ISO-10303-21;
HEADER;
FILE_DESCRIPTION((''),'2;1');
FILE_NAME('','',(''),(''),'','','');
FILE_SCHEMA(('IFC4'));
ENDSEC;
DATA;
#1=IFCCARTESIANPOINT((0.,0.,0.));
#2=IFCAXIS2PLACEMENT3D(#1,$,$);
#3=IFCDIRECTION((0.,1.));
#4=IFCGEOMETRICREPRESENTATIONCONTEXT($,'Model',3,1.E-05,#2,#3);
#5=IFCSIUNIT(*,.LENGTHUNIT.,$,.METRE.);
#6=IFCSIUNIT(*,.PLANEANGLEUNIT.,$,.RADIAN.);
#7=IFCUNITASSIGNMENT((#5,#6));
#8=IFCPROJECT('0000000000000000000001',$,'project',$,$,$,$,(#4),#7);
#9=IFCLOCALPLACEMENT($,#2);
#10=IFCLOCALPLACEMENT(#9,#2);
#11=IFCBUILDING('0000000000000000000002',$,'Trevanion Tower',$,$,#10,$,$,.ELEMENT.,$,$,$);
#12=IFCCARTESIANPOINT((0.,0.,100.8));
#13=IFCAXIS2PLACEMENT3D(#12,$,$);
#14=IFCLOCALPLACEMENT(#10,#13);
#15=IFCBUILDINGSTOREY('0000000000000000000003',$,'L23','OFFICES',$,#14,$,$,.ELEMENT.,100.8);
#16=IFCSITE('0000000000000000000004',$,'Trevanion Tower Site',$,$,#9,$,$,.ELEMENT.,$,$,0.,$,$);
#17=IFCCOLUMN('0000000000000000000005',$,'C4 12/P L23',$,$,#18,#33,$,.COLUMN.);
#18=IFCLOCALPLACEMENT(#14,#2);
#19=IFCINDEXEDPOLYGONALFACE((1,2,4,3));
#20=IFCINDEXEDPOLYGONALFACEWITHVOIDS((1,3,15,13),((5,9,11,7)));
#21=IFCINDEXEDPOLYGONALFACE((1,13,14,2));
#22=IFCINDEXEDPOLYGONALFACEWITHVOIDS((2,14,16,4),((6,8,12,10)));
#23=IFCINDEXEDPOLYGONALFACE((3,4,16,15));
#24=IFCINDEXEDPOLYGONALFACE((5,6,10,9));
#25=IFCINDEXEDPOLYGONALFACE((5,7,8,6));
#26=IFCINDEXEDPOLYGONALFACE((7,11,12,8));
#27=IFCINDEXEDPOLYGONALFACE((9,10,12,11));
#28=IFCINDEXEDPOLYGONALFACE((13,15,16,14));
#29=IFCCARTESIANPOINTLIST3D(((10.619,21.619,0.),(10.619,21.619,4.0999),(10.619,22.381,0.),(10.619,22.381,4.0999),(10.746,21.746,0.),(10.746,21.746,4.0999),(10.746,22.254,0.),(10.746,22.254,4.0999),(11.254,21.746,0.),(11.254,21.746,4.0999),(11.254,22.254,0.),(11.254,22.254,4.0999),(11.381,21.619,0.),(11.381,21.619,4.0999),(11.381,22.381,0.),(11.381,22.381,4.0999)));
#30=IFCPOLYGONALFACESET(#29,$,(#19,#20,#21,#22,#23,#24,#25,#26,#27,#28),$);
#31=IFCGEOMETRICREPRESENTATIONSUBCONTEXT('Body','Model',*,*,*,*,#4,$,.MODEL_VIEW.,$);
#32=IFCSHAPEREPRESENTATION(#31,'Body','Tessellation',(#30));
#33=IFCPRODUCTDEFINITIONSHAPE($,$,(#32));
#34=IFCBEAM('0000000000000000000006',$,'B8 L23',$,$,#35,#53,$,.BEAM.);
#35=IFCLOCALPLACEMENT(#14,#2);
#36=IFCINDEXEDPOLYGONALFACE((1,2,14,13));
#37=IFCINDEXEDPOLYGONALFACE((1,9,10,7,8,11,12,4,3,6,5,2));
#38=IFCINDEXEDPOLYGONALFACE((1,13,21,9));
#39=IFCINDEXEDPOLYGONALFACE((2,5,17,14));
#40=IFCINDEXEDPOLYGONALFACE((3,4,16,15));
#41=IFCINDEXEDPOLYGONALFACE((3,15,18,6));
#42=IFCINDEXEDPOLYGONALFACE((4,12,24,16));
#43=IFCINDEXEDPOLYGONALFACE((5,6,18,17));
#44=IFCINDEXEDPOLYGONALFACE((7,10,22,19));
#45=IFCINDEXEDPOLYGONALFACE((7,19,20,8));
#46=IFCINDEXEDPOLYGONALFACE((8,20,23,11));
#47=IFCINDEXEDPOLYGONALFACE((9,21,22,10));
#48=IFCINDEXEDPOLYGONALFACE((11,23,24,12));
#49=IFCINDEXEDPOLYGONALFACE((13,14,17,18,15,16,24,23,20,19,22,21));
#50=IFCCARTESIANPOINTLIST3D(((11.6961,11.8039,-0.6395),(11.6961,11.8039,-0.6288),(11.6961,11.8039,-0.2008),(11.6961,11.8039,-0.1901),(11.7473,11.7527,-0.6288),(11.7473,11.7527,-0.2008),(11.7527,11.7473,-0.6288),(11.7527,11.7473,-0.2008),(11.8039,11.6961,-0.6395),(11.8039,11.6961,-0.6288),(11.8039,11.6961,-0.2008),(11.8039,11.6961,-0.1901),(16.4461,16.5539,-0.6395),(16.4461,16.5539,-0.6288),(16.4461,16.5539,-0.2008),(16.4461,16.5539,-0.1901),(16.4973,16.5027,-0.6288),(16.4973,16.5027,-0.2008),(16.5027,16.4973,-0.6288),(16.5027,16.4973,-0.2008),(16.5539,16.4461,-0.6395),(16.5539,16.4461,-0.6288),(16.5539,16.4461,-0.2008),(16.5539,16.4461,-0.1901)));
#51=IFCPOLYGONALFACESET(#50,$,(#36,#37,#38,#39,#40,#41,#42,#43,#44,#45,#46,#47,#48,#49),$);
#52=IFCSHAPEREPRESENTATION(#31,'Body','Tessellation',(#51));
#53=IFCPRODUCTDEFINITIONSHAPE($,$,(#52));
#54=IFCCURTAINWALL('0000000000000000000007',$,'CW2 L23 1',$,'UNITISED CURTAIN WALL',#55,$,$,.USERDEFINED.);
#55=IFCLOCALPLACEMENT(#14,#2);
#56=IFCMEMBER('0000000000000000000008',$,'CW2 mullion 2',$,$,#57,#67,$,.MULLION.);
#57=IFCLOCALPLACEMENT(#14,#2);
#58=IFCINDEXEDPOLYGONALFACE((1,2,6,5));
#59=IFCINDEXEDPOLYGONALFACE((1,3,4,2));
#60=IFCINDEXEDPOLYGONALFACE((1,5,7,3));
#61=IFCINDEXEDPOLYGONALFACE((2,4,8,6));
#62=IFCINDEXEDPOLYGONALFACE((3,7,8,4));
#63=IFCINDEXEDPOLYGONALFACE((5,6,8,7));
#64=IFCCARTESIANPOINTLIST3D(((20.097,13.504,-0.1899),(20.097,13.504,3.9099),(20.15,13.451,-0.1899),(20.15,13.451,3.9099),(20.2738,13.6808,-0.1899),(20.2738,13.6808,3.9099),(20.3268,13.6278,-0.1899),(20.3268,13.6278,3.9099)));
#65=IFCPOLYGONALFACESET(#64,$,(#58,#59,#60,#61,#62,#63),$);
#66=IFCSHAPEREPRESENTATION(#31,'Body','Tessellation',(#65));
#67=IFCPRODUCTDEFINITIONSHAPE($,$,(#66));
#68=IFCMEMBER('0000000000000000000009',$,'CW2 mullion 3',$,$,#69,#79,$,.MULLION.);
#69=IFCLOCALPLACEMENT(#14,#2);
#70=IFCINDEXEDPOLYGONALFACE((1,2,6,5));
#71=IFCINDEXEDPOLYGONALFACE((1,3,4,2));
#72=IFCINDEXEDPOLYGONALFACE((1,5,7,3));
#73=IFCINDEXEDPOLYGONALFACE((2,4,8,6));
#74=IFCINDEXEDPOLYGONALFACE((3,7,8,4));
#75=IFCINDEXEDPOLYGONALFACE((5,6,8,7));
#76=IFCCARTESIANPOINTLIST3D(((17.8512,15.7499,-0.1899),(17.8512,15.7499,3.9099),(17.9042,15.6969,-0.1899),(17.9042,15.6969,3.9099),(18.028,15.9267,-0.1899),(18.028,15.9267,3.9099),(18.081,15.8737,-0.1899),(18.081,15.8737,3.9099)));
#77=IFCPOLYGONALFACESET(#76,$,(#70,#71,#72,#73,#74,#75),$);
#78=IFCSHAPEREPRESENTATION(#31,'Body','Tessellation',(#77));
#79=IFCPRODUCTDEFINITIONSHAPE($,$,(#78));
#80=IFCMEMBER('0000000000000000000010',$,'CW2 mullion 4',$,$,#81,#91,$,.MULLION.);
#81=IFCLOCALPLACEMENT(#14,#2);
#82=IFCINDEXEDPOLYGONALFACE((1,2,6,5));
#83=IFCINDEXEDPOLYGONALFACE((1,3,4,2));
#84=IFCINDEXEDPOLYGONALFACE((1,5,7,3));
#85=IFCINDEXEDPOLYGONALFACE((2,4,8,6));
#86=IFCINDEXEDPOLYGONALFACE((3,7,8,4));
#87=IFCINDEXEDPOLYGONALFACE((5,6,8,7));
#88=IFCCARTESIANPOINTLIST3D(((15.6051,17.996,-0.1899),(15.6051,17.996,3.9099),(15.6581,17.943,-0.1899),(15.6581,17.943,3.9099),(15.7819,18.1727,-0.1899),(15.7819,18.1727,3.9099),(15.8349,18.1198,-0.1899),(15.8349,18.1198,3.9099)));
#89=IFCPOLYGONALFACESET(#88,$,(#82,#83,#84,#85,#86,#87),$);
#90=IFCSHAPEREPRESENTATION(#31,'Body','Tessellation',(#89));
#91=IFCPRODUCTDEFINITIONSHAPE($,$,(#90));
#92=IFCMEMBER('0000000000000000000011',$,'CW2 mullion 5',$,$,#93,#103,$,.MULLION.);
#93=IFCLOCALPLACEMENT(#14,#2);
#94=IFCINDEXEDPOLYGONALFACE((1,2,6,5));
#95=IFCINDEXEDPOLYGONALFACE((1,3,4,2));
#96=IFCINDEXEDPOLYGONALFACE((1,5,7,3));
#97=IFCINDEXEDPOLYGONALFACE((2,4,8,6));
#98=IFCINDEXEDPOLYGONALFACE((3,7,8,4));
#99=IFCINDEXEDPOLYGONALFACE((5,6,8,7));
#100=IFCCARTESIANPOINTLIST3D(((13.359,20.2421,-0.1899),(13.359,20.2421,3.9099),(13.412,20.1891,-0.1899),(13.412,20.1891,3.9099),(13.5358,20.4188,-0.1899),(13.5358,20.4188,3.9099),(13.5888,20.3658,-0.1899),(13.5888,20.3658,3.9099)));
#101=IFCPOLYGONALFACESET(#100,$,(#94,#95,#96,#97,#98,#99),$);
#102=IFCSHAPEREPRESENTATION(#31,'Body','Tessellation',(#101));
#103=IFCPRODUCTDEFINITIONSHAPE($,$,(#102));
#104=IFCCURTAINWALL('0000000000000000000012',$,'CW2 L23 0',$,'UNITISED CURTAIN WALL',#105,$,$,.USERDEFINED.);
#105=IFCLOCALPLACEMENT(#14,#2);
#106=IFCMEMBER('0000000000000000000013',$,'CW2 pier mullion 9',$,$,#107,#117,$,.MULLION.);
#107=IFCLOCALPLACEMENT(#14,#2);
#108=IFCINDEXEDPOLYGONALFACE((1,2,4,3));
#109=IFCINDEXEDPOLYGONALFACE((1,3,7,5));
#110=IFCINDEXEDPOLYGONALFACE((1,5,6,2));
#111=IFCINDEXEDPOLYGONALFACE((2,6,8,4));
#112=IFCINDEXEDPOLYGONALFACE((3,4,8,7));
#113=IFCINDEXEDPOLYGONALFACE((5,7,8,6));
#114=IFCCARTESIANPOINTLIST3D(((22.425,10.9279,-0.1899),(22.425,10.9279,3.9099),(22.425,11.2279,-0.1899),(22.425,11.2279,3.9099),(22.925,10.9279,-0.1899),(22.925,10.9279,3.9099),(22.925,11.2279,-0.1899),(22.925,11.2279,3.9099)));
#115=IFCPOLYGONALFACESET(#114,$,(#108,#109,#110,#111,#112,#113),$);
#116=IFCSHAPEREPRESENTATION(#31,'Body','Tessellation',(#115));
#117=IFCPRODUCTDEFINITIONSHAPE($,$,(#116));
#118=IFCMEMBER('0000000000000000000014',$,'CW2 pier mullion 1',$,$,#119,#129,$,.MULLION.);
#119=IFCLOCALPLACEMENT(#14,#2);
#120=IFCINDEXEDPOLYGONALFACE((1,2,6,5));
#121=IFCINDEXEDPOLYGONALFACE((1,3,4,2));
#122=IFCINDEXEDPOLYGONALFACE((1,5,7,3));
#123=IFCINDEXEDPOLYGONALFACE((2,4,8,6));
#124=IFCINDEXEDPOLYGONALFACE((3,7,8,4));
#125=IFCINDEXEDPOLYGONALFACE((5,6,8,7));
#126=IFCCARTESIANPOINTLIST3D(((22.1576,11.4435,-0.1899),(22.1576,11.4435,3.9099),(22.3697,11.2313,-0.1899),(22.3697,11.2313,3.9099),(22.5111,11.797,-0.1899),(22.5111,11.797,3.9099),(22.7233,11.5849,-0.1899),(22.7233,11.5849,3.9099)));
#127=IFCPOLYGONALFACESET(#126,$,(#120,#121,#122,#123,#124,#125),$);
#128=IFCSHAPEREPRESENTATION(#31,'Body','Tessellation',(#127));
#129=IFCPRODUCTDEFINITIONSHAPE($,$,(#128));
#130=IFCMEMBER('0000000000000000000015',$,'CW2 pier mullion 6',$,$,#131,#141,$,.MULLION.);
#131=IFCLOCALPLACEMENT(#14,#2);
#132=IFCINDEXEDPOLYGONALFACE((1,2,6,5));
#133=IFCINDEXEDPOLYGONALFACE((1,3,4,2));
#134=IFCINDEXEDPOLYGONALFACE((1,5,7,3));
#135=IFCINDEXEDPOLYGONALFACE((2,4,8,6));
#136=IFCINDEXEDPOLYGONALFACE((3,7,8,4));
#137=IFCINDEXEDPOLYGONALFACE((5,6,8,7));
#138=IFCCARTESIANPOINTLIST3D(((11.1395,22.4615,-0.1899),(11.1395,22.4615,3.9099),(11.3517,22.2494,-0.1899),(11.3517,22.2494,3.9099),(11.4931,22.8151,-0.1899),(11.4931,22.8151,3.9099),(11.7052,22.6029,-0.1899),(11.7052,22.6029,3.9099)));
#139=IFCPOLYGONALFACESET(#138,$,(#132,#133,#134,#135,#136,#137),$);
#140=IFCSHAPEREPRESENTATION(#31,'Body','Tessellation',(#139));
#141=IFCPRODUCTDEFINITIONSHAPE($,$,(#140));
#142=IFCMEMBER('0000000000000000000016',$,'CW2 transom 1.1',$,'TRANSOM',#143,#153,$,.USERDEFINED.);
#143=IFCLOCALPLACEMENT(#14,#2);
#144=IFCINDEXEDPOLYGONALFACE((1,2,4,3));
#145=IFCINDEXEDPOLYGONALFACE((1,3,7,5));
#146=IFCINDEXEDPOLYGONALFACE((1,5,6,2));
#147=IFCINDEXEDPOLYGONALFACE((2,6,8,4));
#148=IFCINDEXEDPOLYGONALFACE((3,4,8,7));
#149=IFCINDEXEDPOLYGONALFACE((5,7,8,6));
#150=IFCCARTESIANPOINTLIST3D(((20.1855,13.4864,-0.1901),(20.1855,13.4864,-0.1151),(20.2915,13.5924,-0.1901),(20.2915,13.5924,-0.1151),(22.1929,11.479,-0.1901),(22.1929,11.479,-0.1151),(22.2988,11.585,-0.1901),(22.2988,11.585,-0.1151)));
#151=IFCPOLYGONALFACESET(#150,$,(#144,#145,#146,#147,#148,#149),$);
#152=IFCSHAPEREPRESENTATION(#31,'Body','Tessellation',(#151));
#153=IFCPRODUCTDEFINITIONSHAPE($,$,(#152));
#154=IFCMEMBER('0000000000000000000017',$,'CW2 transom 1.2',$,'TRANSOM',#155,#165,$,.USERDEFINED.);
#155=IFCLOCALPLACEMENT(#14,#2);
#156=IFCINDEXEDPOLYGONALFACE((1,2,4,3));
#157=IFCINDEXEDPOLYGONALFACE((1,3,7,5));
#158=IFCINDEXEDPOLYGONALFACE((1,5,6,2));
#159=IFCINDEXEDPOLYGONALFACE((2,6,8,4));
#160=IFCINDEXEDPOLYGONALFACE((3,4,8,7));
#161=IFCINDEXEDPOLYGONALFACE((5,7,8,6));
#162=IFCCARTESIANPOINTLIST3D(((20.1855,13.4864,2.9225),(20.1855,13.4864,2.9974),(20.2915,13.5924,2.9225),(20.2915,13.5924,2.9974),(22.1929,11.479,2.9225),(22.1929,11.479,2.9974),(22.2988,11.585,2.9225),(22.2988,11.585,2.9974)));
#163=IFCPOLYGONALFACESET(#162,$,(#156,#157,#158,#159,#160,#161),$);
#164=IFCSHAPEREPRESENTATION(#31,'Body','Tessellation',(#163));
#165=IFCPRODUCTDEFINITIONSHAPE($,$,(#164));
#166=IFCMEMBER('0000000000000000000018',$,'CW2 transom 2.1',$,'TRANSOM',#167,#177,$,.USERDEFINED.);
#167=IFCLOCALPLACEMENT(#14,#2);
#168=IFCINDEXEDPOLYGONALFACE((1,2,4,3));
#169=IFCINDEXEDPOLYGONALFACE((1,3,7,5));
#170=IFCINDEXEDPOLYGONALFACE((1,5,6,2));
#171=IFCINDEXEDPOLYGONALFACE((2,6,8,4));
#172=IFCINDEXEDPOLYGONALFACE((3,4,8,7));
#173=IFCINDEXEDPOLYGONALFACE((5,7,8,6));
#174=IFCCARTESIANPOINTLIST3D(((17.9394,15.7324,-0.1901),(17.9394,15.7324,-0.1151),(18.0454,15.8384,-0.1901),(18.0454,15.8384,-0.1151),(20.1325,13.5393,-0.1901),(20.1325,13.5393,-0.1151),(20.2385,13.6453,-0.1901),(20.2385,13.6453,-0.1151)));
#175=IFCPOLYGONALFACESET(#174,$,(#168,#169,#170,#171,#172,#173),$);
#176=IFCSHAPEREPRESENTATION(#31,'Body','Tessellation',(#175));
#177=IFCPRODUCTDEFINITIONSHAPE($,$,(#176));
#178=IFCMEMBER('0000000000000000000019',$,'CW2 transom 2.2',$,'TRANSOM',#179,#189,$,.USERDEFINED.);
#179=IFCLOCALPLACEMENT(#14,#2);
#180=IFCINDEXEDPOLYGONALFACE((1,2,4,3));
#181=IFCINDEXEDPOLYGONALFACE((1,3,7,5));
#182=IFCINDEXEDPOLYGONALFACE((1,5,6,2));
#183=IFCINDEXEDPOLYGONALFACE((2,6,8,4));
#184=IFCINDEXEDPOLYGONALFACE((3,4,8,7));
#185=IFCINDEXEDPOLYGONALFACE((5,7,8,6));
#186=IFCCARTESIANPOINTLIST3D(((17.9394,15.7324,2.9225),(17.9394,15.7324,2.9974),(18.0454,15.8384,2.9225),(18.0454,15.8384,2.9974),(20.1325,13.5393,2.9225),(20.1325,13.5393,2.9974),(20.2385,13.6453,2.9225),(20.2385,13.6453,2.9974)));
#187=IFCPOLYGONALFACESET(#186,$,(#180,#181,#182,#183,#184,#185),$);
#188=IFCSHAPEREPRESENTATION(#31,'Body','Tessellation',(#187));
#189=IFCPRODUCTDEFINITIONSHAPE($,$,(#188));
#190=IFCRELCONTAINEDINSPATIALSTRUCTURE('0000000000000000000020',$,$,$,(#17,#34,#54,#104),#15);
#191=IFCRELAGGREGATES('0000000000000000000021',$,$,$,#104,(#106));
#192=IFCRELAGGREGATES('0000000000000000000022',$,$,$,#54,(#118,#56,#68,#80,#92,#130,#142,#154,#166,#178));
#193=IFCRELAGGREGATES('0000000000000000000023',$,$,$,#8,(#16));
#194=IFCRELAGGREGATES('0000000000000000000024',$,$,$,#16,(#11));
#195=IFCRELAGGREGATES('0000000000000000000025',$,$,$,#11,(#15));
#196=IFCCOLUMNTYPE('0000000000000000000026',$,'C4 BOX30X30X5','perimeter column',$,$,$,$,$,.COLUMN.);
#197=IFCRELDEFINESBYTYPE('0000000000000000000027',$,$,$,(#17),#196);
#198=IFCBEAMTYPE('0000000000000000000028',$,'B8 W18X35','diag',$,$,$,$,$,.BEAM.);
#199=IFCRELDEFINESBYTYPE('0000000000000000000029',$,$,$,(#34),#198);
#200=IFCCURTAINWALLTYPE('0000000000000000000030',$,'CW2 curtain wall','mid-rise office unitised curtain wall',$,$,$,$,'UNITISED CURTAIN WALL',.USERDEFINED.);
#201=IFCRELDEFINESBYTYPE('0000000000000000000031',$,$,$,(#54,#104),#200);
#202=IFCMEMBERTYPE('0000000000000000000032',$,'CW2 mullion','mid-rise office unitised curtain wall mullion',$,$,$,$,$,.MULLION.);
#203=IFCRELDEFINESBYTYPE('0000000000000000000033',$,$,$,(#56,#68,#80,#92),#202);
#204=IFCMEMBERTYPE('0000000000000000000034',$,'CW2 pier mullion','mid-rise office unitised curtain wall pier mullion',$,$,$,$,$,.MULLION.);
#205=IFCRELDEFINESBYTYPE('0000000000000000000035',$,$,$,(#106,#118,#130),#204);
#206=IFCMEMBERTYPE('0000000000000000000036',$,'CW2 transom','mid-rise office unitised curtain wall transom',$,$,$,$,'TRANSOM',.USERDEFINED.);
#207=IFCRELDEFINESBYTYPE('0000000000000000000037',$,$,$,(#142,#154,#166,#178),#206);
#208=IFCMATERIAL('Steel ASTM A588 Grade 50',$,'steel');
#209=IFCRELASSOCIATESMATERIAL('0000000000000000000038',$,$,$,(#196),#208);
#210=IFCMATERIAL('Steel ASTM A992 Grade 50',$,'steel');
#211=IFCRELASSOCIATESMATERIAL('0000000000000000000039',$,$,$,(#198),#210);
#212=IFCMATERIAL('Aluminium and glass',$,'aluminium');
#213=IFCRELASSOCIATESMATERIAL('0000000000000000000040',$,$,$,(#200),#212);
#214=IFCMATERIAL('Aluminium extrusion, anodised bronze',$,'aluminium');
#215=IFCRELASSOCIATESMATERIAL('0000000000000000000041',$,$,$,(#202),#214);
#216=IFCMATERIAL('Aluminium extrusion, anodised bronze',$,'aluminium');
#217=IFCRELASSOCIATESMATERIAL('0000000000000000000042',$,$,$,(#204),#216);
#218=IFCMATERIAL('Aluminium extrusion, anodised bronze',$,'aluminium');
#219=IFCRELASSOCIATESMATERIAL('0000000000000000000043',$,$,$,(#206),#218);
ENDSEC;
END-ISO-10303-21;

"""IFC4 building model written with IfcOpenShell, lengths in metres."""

from ifc_helpers import new_model, si_unit, direction, frame, origin, origin_2d, place, context, subcontext, project, spatial, rectangle, hollow_rectangle, i_section, extrude, material, material_profile, profile_set, type_object, element, aggregate, save


model = new_model("IFC4")

# Units and contexts
model_context = context("Model", 3, precision=1e-05, world=origin(), true_north=direction((0.0, 1.0)))
body_context = subcontext(model_context, "Body", "Model", "MODEL_VIEW")
ifc_project = project(units=[si_unit("LENGTHUNIT", "METRE"), si_unit("PLANEANGLEUNIT", "RADIAN")], contexts=[model_context])

# Site, building, storey
site_placement = place(None, origin())
site = spatial("IfcSite", under=ifc_project, at=site_placement, Name="Trevanion Tower Site", CompositionType="ELEMENT", RefElevation=0.0)
building_placement = place(site_placement, origin())
building = spatial("IfcBuilding", under=site, at=building_placement, Name="Trevanion Tower", CompositionType="ELEMENT")
storey_placement = place(building_placement, frame((0.0, 0.0, 100.8)))
storey = spatial("IfcBuildingStorey", under=building, at=storey_placement, Name="L23", Description="OFFICES", CompositionType="ELEMENT", Elevation=100.8)

# Column
ifc_material_1 = material(Name="Steel ASTM A588 Grade 50", Category="steel")
ifc_material_profile_1 = material_profile(ifc_material_1, hollow_rectangle(XDim=0.762, YDim=0.762, WallThickness=0.127, at=origin_2d()), Name="BOX30X30X5")
ifc_profile_set_1 = profile_set([ifc_material_profile_1], Name="Steel ASTM A588 Grade 50")
column_type = type_object("IfcColumnType", Name="C4 BOX30X30X5", Description="perimeter column", PredefinedType="COLUMN", material=ifc_profile_set_1)
column_placement = place(storey_placement, frame((11.0, 22.0, 0.0), z_axis=(0.0, 0.0, 1.0), x_axis=(1.0, 0.0, 0.0)))
element("IfcColumn", 1, at=column_placement, inside=storey, type_object=column_type, Name="C4 12/P L23", PredefinedType="COLUMN", context=body_context, shape_type="SweptSolid", body=[
    extrude(hollow_rectangle(XDim=0.762, YDim=0.762, WallThickness=0.127, at=origin_2d()), origin(), (0.0, 0.0, 1.0), 4.0999),
])

# Beam
ifc_material_2 = material(Name="Steel ASTM A992 Grade 50", Category="steel")
ifc_material_profile_2 = material_profile(ifc_material_2, i_section(OverallWidth=0.1523, OverallDepth=0.4495, WebThickness=0.0076, FlangeThickness=0.0107, at=origin_2d()), Name="W18X35")
ifc_profile_set_2 = profile_set([ifc_material_profile_2], Name="Steel ASTM A992 Grade 50")
beam_type_1 = type_object("IfcBeamType", Name="B8 W18X35", Description="diag", PredefinedType="BEAM", material=ifc_profile_set_2)
beam_1_placement = place(storey_placement, frame((11.75, 11.75, -0.4148), z_axis=(0.707107, 0.707107, 0.0), x_axis=(-0.707107, 0.707107, 0.0)))
element("IfcBeam", 2, at=beam_1_placement, inside=storey, type_object=beam_type_1, Name="B8 L23", PredefinedType="BEAM", context=body_context, shape_type="SweptSolid", body=[
    extrude(i_section(OverallWidth=0.1523, OverallDepth=0.4495, WebThickness=0.0076, FlangeThickness=0.0107, at=origin_2d()), origin(), (0.0, 0.0, 1.0), 6.7175),
])

# Curtain wall, members
ifc_material_3 = material(Name="Aluminium and glass", Category="aluminium")
curtain_wall_type = type_object("IfcCurtainWallType", Name="CW2 curtain wall", Description="mid-rise office unitised curtain wall", ElementType="UNITISED CURTAIN WALL", PredefinedType="USERDEFINED", material=ifc_material_3)
curtain_wall_1_placement = place(storey_placement, origin())
curtain_wall_1 = element("IfcCurtainWall", 3, at=curtain_wall_1_placement, inside=storey, type_object=curtain_wall_type, Name="CW2 L23 1", ObjectType="UNITISED CURTAIN WALL", PredefinedType="USERDEFINED")
ifc_material_4 = material(Name="Aluminium extrusion, anodised bronze", Category="aluminium")
ifc_material_profile_3 = material_profile(ifc_material_4, rectangle(XDim=0.075, YDim=0.25, at=origin_2d()), Name="CW2 mullion")
ifc_profile_set_3 = profile_set([ifc_material_profile_3], Name="Aluminium extrusion, anodised bronze")
member_type_1 = type_object("IfcMemberType", Name="CW2 mullion", Description="mid-rise office unitised curtain wall mullion", PredefinedType="MULLION", material=ifc_profile_set_3)
member_1_placement = place(storey_placement, frame((20.2119, 13.5659, -0.1899), z_axis=(0.0, 0.0, 1.0), x_axis=(-0.707107, 0.707107, 0.0)))
member_1 = element("IfcMember", 4, at=member_1_placement, type_object=member_type_1, Name="CW2 mullion 2", PredefinedType="MULLION", context=body_context, shape_type="SweptSolid", body=[
    extrude(rectangle(XDim=0.075, YDim=0.25, at=origin_2d()), origin(), (0.0, 0.0, 1.0), 4.0999),
])
member_2_placement = place(storey_placement, frame((17.9661, 15.8118, -0.1899), z_axis=(0.0, 0.0, 1.0), x_axis=(-0.707107, 0.707107, 0.0)))
member_2 = element("IfcMember", 5, at=member_2_placement, type_object=member_type_1, Name="CW2 mullion 3", PredefinedType="MULLION", context=body_context, shape_type="SweptSolid", body=[
    extrude(rectangle(XDim=0.075, YDim=0.25, at=origin_2d()), origin(), (0.0, 0.0, 1.0), 4.0999),
])
member_3_placement = place(storey_placement, frame((15.72, 18.0579, -0.1899), z_axis=(0.0, 0.0, 1.0), x_axis=(-0.707107, 0.707107, 0.0)))
member_3 = element("IfcMember", 6, at=member_3_placement, type_object=member_type_1, Name="CW2 mullion 4", PredefinedType="MULLION", context=body_context, shape_type="SweptSolid", body=[
    extrude(rectangle(XDim=0.075, YDim=0.25, at=origin_2d()), origin(), (0.0, 0.0, 1.0), 4.0999),
])
member_4_placement = place(storey_placement, frame((13.4739, 20.304, -0.1899), z_axis=(0.0, 0.0, 1.0), x_axis=(-0.707107, 0.707107, 0.0)))
member_4 = element("IfcMember", 7, at=member_4_placement, type_object=member_type_1, Name="CW2 mullion 5", PredefinedType="MULLION", context=body_context, shape_type="SweptSolid", body=[
    extrude(rectangle(XDim=0.075, YDim=0.25, at=origin_2d()), origin(), (0.0, 0.0, 1.0), 4.0999),
])

# Curtain wall, member
curtain_wall_2_placement = place(storey_placement, origin())
curtain_wall_2 = element("IfcCurtainWall", 8, at=curtain_wall_2_placement, inside=storey, type_object=curtain_wall_type, Name="CW2 L23 0", ObjectType="UNITISED CURTAIN WALL", PredefinedType="USERDEFINED")
ifc_material_5 = material(Name="Aluminium extrusion, anodised bronze", Category="aluminium")
ifc_material_profile_4 = material_profile(ifc_material_5, rectangle(XDim=0.3, YDim=0.5, at=origin_2d()), Name="CW2 pier mullion")
ifc_profile_set_4 = profile_set([ifc_material_profile_4], Name="Aluminium extrusion, anodised bronze")
member_type_2 = type_object("IfcMemberType", Name="CW2 pier mullion", Description="mid-rise office unitised curtain wall pier mullion", PredefinedType="MULLION", material=ifc_profile_set_4)
member_5_placement = place(storey_placement, frame((22.675, 11.0779, -0.1899), z_axis=(0.0, 0.0, 1.0), x_axis=(0.0, 1.0, 0.0)))
member_5 = element("IfcMember", 9, at=member_5_placement, type_object=member_type_2, Name="CW2 pier mullion 9", PredefinedType="MULLION", context=body_context, shape_type="SweptSolid", body=[
    extrude(rectangle(XDim=0.3, YDim=0.5, at=origin_2d()), origin(), (0.0, 0.0, 1.0), 4.0999),
])
aggregate(curtain_wall_2, [member_5])

# Members
member_6_placement = place(storey_placement, frame((22.4404, 11.5142, -0.1899), z_axis=(0.0, 0.0, 1.0), x_axis=(-0.707107, 0.707107, 0.0)))
member_6 = element("IfcMember", 10, at=member_6_placement, type_object=member_type_2, Name="CW2 pier mullion 1", PredefinedType="MULLION", context=body_context, shape_type="SweptSolid", body=[
    extrude(rectangle(XDim=0.3, YDim=0.5, at=origin_2d()), origin(), (0.0, 0.0, 1.0), 4.0999),
])
member_7_placement = place(storey_placement, frame((11.4224, 22.5322, -0.1899), z_axis=(0.0, 0.0, 1.0), x_axis=(-0.707107, 0.707107, 0.0)))
member_7 = element("IfcMember", 11, at=member_7_placement, type_object=member_type_2, Name="CW2 pier mullion 6", PredefinedType="MULLION", context=body_context, shape_type="SweptSolid", body=[
    extrude(rectangle(XDim=0.3, YDim=0.5, at=origin_2d()), origin(), (0.0, 0.0, 1.0), 4.0999),
])
ifc_material_6 = material(Name="Aluminium extrusion, anodised bronze", Category="aluminium")
ifc_material_profile_5 = material_profile(ifc_material_6, rectangle(XDim=0.1499, YDim=0.075, at=origin_2d()), Name="CW2 transom")
ifc_profile_set_5 = profile_set([ifc_material_profile_5], Name="Aluminium extrusion, anodised bronze")
member_type_3 = type_object("IfcMemberType", Name="CW2 transom", Description="mid-rise office unitised curtain wall transom", ElementType="TRANSOM", PredefinedType="USERDEFINED", material=ifc_profile_set_5)
member_8_placement = place(storey_placement, frame((22.2458, 11.532, -0.1526), z_axis=(-0.707107, 0.707107, 0.0), x_axis=(-0.707107, -0.707107, 0.0)))
member_8 = element("IfcMember", 12, at=member_8_placement, type_object=member_type_3, Name="CW2 transom 1.1", ObjectType="TRANSOM", PredefinedType="USERDEFINED", context=body_context, shape_type="SweptSolid", body=[
    extrude(rectangle(XDim=0.1499, YDim=0.075, at=origin_2d()), origin(), (0.0, 0.0, 1.0), 2.8389),
])
member_9_placement = place(storey_placement, frame((22.2458, 11.532, 2.96), z_axis=(-0.707107, 0.707107, 0.0), x_axis=(-0.707107, -0.707107, 0.0)))
member_9 = element("IfcMember", 13, at=member_9_placement, type_object=member_type_3, Name="CW2 transom 1.2", ObjectType="TRANSOM", PredefinedType="USERDEFINED", context=body_context, shape_type="SweptSolid", body=[
    extrude(rectangle(XDim=0.1499, YDim=0.075, at=origin_2d()), origin(), (0.0, 0.0, 1.0), 2.8389),
])
member_10_placement = place(storey_placement, frame((20.1855, 13.5923, -0.1526), z_axis=(-0.707107, 0.707107, 0.0), x_axis=(-0.707107, -0.707107, 0.0)))
member_10 = element("IfcMember", 14, at=member_10_placement, type_object=member_type_3, Name="CW2 transom 2.1", ObjectType="TRANSOM", PredefinedType="USERDEFINED", context=body_context, shape_type="SweptSolid", body=[
    extrude(rectangle(XDim=0.1499, YDim=0.075, at=origin_2d()), origin(), (0.0, 0.0, 1.0), 3.1016),
])
member_11_placement = place(storey_placement, frame((20.1855, 13.5923, 2.96), z_axis=(-0.707107, 0.707107, 0.0), x_axis=(-0.707107, -0.707107, 0.0)))
member_11 = element("IfcMember", 15, at=member_11_placement, type_object=member_type_3, Name="CW2 transom 2.2", ObjectType="TRANSOM", PredefinedType="USERDEFINED", context=body_context, shape_type="SweptSolid", body=[
    extrude(rectangle(XDim=0.1499, YDim=0.075, at=origin_2d()), origin(), (0.0, 0.0, 1.0), 3.1016),
])

aggregate(curtain_wall_1, [member_6, member_1, member_2, member_3, member_4, member_7, member_8, member_9, member_10, member_11])

save(model, "model.ifc")
